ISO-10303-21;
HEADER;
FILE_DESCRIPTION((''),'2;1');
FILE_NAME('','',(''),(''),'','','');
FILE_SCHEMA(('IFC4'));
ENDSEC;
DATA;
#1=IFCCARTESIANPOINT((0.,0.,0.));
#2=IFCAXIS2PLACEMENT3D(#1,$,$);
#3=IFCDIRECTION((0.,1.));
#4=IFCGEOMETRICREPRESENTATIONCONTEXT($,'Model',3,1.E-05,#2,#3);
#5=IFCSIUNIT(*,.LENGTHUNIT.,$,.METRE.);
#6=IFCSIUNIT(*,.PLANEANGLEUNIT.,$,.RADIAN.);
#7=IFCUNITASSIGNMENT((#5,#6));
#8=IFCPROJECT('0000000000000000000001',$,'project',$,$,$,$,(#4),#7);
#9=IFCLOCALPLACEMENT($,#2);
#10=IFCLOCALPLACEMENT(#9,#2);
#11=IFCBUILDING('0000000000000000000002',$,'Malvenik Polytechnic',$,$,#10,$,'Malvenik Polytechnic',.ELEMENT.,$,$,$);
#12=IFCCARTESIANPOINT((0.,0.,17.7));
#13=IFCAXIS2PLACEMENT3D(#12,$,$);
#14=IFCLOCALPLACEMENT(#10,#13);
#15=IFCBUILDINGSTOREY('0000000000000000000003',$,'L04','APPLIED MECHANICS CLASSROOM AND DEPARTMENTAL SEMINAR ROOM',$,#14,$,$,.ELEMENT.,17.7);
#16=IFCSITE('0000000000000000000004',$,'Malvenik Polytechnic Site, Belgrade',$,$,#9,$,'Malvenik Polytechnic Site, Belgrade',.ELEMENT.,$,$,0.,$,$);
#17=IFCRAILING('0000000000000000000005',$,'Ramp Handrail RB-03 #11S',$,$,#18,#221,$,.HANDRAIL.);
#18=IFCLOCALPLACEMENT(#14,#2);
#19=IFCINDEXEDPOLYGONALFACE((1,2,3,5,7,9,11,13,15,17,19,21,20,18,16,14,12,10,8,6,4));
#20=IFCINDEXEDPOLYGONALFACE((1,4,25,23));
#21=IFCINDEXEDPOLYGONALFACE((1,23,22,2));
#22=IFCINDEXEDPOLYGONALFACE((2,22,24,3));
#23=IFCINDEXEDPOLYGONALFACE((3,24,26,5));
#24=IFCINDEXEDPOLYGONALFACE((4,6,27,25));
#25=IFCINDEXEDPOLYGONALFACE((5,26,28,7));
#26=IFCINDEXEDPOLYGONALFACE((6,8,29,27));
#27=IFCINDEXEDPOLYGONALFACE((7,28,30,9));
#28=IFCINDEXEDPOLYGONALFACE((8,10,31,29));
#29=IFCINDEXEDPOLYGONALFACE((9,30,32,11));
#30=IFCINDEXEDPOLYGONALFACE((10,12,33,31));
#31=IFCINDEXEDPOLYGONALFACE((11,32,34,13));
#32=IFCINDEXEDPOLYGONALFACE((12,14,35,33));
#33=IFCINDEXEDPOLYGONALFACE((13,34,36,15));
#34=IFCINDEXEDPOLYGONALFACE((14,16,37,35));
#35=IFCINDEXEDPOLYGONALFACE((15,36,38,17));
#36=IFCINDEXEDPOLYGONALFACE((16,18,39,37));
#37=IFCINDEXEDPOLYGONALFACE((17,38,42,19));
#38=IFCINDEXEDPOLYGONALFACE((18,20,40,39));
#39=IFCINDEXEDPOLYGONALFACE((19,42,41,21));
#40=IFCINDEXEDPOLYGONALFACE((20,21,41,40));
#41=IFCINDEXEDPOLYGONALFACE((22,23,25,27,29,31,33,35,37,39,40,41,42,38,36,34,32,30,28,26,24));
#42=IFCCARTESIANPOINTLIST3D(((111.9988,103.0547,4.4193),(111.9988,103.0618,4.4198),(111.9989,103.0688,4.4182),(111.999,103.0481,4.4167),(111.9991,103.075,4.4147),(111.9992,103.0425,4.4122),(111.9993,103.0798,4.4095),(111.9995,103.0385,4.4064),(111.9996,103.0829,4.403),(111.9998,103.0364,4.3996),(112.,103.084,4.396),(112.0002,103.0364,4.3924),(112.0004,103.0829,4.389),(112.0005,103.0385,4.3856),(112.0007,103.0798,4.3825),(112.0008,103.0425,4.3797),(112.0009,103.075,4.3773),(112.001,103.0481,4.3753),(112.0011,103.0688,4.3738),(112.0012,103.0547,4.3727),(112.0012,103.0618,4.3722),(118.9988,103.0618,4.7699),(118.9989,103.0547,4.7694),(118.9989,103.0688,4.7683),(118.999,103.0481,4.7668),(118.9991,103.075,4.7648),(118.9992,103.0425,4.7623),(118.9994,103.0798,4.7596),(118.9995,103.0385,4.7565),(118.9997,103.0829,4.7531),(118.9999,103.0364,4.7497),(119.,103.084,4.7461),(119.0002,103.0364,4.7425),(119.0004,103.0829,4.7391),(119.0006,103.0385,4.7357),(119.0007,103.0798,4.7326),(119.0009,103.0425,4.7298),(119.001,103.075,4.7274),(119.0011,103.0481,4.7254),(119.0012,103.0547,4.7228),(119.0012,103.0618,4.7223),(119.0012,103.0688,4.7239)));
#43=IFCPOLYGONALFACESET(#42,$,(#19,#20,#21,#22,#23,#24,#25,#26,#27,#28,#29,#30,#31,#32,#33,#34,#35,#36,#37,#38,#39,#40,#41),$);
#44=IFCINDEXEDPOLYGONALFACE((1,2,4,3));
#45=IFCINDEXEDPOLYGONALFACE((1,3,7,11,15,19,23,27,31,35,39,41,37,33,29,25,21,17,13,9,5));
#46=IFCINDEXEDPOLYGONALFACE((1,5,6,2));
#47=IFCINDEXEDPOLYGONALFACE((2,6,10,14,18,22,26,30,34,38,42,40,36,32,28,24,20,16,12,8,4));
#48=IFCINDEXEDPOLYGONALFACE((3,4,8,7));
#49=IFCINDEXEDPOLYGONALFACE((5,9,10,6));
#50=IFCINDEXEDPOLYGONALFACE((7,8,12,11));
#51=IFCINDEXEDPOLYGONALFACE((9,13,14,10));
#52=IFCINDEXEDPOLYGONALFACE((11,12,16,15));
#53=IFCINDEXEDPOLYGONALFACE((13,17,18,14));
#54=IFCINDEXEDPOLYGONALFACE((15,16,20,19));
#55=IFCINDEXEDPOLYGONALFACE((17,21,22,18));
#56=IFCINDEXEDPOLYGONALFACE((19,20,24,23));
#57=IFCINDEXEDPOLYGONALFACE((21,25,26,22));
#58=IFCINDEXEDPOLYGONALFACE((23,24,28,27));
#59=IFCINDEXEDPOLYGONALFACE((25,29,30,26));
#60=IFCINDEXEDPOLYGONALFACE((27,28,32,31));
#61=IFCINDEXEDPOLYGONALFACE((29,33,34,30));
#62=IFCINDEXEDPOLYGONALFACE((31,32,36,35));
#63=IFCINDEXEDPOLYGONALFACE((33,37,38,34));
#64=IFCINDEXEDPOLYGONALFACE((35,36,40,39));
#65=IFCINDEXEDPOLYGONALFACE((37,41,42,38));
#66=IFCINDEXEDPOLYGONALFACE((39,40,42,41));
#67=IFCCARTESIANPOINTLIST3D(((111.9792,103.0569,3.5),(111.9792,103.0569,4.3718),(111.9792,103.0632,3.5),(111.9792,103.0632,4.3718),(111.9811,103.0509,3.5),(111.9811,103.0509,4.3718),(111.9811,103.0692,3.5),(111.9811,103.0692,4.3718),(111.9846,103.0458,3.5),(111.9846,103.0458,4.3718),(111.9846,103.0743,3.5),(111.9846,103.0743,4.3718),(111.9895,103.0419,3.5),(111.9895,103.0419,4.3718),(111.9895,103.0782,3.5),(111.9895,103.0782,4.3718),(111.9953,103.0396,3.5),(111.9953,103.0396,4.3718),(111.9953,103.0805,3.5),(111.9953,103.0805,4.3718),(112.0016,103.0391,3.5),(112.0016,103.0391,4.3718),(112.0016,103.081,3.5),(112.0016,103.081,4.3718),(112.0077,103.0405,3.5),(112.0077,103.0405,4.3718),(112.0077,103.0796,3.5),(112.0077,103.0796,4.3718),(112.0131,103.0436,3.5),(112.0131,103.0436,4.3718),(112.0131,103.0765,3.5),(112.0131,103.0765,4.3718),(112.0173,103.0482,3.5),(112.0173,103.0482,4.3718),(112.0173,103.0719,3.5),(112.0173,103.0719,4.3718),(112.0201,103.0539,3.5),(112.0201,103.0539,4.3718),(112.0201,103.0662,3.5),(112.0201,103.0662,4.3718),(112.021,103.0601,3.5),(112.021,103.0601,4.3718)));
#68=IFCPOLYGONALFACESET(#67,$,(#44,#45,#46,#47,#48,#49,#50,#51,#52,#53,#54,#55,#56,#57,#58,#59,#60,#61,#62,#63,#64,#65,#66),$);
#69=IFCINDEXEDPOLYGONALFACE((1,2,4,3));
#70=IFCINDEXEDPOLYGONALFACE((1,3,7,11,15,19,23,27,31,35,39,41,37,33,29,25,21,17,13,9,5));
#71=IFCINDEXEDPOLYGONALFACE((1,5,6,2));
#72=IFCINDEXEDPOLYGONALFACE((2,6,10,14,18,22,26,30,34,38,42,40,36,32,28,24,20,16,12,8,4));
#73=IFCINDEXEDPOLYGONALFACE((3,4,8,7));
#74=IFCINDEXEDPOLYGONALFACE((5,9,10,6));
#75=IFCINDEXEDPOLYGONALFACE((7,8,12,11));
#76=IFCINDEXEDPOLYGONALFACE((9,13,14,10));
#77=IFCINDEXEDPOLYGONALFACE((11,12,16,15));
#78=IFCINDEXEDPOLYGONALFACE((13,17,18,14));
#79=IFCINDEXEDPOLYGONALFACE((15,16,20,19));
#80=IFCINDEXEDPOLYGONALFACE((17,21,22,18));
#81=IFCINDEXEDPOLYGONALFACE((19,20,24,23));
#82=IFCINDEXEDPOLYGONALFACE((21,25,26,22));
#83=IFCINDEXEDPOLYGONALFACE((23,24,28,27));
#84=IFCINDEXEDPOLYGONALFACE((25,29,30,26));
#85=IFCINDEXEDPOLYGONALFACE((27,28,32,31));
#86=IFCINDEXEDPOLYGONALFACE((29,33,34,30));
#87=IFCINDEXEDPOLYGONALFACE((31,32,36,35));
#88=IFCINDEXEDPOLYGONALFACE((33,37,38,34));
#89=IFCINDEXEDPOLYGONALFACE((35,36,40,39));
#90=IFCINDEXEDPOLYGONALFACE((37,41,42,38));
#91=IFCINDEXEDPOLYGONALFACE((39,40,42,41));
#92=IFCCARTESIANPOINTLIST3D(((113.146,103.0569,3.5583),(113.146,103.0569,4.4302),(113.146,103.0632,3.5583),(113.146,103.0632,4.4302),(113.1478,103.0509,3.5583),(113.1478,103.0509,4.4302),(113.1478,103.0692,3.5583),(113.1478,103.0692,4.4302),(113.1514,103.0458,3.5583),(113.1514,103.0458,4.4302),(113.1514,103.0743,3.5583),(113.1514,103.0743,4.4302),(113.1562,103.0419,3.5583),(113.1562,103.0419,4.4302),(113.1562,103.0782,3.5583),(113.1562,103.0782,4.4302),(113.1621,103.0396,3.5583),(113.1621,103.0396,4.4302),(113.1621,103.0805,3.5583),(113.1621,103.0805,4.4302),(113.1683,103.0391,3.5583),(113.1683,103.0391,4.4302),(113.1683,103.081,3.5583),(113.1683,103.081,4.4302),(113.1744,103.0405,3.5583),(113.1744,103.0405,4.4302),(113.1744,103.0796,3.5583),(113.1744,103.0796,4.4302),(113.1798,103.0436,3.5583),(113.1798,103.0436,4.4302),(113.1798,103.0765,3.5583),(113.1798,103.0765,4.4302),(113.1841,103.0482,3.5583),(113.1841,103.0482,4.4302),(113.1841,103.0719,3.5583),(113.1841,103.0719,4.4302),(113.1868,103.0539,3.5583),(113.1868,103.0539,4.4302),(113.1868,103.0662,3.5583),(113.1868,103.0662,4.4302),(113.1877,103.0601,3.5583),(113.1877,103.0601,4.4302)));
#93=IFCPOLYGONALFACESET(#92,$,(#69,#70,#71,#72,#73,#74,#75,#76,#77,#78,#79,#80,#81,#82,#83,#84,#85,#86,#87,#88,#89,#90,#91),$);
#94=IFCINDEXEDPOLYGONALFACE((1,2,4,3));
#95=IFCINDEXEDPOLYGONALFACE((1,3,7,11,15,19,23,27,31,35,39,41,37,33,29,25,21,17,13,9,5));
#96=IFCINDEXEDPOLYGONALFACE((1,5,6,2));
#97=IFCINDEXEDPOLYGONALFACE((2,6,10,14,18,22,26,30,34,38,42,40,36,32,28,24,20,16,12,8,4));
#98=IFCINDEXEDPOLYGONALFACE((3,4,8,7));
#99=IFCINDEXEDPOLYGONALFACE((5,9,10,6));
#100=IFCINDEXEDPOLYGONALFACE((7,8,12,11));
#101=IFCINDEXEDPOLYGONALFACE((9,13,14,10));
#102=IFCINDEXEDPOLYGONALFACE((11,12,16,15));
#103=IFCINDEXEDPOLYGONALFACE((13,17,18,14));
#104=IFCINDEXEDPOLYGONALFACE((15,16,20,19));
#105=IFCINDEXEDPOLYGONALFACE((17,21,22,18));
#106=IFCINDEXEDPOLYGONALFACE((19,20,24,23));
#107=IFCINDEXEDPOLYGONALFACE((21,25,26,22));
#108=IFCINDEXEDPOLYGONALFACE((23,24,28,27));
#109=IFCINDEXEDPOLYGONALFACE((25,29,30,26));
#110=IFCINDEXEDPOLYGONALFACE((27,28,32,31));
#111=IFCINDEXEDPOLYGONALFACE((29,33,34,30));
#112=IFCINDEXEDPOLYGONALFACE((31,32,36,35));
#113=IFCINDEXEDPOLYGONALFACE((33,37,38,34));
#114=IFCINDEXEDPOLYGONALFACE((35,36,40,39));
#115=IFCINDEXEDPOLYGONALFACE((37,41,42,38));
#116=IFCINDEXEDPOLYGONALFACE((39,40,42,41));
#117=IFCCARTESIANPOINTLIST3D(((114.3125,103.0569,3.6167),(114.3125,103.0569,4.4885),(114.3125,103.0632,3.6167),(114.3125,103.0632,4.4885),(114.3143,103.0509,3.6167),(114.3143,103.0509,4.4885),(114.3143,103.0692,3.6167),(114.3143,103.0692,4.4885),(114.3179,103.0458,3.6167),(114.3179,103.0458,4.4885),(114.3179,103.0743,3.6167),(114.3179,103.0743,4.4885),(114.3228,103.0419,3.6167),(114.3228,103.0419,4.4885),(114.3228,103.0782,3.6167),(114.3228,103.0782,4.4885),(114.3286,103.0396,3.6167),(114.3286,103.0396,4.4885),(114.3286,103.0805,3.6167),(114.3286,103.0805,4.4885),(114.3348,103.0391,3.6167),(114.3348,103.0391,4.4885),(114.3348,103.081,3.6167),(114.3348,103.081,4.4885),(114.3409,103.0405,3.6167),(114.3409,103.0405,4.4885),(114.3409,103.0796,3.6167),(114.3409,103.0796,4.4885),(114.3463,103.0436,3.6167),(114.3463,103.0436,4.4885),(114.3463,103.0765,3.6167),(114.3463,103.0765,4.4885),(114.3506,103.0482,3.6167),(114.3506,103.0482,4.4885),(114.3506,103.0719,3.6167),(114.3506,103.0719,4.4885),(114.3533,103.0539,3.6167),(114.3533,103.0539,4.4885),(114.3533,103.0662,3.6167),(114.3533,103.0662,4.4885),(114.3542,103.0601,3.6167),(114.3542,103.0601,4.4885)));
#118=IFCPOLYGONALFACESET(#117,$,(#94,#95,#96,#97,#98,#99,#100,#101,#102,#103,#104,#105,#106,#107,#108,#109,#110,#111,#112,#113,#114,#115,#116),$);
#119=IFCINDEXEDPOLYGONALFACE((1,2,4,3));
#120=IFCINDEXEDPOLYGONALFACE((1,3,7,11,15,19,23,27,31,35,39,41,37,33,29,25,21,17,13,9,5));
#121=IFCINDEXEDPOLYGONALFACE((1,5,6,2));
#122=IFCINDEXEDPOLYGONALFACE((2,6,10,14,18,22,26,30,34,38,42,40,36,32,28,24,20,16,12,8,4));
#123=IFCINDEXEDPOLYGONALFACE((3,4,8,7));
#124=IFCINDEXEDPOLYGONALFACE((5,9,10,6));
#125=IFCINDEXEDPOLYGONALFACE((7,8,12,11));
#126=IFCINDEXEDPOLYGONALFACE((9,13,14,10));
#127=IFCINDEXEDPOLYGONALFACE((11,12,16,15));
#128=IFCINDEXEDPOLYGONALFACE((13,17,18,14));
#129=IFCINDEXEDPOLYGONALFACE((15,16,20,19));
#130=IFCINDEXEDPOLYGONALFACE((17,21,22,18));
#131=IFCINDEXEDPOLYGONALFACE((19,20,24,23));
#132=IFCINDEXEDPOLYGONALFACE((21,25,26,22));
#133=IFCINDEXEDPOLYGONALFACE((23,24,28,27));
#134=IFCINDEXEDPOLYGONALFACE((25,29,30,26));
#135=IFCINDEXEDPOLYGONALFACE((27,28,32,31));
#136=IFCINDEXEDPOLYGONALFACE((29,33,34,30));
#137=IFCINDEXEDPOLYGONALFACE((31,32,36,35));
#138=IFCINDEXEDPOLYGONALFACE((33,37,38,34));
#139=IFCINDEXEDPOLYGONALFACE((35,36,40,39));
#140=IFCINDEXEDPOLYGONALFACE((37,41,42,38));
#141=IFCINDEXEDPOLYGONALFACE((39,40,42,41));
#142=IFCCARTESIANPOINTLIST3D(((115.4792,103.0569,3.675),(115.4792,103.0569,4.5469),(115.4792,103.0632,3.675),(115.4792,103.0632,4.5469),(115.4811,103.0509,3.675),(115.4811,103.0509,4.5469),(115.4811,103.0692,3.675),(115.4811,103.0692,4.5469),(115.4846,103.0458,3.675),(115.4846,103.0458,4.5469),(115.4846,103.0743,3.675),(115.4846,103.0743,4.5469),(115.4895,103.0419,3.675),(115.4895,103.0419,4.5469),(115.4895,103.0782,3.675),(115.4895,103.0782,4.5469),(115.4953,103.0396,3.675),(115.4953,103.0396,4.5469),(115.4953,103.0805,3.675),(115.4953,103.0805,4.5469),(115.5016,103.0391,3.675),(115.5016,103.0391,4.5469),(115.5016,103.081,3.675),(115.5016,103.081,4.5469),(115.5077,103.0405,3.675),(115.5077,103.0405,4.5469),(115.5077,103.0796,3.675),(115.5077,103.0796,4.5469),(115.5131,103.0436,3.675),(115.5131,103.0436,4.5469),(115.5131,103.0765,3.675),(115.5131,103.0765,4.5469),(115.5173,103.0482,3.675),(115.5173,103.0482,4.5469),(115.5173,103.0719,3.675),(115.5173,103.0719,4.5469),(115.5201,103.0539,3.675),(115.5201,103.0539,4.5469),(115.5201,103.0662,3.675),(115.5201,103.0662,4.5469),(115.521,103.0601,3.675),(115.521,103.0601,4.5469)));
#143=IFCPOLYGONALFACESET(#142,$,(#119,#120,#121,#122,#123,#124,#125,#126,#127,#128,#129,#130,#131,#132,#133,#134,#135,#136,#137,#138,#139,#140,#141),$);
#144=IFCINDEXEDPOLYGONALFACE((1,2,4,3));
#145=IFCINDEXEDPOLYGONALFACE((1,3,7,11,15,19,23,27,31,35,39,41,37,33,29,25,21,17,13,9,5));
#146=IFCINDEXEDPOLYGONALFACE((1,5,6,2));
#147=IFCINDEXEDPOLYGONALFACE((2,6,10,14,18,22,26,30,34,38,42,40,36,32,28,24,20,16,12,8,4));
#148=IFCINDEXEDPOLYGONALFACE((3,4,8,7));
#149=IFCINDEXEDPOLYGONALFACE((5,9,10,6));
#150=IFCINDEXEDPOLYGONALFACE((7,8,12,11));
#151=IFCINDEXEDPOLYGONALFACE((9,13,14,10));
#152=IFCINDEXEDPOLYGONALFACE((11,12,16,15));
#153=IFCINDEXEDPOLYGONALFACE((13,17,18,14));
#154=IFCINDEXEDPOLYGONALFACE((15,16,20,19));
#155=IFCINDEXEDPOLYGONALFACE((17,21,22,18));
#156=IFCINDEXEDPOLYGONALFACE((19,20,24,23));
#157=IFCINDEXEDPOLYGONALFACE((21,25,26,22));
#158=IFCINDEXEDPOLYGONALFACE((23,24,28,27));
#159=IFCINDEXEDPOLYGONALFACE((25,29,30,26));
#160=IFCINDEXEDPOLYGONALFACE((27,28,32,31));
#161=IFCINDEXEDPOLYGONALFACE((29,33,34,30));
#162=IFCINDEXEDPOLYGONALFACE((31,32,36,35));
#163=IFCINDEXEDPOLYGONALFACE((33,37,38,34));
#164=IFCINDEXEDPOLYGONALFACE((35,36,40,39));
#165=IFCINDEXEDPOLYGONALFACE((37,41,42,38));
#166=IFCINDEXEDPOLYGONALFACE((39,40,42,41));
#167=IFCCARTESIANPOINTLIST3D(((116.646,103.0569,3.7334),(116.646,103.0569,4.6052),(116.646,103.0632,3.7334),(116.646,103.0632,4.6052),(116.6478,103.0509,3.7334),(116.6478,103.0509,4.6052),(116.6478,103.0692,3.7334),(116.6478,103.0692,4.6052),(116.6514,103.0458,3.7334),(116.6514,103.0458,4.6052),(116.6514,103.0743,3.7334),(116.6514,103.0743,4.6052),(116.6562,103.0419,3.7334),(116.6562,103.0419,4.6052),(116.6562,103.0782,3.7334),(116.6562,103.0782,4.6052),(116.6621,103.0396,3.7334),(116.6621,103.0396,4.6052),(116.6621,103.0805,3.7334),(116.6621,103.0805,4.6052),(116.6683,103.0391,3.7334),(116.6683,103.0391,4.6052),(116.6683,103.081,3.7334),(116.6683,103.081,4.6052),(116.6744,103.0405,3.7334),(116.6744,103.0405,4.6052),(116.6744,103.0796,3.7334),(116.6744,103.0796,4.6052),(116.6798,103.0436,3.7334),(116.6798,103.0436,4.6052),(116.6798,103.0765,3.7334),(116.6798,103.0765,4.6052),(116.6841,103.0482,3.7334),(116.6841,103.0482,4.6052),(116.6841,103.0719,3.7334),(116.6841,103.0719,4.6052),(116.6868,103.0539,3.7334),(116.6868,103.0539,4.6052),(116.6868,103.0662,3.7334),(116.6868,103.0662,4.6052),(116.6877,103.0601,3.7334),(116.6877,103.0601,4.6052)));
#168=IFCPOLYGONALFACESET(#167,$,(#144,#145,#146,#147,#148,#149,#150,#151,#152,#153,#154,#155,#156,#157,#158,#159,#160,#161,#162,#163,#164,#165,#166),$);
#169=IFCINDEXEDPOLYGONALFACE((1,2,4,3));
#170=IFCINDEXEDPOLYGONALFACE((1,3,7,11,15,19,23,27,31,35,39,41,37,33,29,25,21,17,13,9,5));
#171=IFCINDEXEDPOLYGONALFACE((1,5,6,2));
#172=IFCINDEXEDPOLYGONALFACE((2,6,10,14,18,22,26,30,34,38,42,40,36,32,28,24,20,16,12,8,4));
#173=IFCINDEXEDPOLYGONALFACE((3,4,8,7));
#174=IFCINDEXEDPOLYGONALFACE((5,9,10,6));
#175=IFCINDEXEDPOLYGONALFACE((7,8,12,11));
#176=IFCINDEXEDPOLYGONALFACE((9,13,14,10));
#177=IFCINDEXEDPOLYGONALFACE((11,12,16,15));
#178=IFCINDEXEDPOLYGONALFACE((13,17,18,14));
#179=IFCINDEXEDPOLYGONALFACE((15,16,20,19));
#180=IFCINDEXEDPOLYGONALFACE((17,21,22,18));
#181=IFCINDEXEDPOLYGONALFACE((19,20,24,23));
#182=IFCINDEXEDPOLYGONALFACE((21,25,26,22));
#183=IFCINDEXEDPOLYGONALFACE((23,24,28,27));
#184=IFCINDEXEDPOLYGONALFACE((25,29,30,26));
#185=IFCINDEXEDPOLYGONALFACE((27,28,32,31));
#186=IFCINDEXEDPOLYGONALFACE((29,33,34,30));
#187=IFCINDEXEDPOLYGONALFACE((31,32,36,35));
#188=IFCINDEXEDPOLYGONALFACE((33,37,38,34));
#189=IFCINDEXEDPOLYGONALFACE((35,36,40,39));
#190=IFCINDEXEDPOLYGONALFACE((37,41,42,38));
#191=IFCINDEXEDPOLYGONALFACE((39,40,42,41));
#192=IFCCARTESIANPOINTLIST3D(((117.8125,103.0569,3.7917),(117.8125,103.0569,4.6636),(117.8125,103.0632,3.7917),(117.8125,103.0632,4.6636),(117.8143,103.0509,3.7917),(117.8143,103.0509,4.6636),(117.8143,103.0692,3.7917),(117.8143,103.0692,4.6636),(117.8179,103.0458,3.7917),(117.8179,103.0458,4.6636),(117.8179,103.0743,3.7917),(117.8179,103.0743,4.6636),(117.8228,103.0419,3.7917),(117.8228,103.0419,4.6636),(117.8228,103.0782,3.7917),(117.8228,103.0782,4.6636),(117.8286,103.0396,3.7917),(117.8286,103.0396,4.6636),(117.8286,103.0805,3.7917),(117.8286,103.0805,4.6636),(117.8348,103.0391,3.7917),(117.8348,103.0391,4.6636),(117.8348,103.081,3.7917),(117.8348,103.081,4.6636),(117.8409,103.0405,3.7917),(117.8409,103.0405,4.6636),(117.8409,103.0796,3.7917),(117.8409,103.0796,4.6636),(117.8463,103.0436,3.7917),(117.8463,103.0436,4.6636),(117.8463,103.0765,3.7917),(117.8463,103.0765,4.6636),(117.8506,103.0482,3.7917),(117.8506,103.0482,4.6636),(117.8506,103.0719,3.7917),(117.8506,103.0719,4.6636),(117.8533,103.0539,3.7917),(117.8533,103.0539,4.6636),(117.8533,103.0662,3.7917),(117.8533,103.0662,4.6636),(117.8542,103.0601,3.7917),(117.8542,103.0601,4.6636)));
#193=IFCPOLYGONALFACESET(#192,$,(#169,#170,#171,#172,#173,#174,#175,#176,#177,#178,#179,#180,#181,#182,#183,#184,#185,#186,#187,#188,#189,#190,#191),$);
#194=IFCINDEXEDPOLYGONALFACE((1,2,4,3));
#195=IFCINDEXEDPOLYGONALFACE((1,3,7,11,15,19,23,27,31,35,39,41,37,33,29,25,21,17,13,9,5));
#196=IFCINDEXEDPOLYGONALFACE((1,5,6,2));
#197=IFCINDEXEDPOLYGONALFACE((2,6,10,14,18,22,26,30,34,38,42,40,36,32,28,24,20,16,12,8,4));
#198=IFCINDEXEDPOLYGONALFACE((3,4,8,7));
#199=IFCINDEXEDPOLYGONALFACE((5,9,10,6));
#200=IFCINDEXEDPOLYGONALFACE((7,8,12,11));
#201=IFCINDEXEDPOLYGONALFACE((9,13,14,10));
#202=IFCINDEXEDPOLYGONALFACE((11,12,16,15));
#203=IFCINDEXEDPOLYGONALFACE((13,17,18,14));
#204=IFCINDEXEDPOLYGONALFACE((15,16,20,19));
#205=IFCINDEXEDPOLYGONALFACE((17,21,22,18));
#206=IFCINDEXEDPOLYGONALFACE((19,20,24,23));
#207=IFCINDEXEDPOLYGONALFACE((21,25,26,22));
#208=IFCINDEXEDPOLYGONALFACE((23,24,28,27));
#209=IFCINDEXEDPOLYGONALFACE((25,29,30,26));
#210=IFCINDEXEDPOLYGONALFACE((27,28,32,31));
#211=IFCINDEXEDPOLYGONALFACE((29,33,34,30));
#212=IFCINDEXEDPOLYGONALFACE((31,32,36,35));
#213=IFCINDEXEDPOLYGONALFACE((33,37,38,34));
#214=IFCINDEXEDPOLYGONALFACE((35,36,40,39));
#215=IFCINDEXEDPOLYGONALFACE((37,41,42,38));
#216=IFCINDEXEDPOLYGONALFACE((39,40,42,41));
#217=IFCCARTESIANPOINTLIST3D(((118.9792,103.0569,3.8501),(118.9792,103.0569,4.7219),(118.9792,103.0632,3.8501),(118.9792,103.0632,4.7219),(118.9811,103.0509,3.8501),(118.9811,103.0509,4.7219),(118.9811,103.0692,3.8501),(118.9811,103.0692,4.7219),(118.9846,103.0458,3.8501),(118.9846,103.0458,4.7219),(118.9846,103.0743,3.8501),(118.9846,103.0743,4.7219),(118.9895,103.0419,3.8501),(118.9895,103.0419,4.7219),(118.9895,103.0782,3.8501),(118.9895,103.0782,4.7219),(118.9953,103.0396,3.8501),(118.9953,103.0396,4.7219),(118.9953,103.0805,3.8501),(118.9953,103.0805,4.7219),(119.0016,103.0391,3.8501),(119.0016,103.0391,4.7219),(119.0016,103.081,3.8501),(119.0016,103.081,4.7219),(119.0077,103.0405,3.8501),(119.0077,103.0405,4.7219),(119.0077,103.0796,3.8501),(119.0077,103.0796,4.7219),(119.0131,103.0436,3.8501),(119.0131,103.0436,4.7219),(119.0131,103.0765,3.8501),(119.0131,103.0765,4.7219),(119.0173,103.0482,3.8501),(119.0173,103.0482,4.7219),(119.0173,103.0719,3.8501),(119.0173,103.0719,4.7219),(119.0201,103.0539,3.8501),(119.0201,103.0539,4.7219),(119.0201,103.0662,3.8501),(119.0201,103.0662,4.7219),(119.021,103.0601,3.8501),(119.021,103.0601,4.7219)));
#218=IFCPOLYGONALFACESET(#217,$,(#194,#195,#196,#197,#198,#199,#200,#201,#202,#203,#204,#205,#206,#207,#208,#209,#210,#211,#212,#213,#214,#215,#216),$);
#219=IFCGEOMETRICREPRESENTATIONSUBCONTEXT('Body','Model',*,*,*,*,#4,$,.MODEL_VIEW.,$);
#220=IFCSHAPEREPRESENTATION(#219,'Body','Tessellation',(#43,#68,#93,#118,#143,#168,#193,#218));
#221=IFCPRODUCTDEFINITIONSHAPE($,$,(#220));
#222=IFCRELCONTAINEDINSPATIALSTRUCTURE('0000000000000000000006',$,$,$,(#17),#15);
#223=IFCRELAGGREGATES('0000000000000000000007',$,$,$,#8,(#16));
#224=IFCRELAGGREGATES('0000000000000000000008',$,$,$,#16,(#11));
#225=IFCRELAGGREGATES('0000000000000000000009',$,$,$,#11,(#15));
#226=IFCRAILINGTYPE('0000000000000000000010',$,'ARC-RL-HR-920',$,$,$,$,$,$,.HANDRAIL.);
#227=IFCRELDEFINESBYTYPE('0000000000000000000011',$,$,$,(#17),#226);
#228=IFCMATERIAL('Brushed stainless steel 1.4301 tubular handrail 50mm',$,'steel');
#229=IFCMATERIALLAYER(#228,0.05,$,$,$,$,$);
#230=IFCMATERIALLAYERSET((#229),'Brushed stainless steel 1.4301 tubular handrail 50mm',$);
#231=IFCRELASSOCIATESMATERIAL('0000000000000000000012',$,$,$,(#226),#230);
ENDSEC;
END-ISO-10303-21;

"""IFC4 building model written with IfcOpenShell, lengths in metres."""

from ifc_helpers import new_model, si_unit, direction, frame, origin, origin_2d, place, context, subcontext, project, spatial, circle, extrude, material, layer, layer_set, type_object, element, save


model = new_model("IFC4")

# Units and contexts
model_context = context("Model", 3, precision=1e-05, world=origin(), true_north=direction((0.0, 1.0)))
body_context = subcontext(model_context, "Body", "Model", "MODEL_VIEW")
ifc_project = project(units=[si_unit("LENGTHUNIT", "METRE"), si_unit("PLANEANGLEUNIT", "RADIAN")], contexts=[model_context])

# Site, building, storey
site_placement = place(None, origin())
site = spatial("IfcSite", under=ifc_project, at=site_placement, Name="Malvenik Polytechnic Site, Belgrade", LongName="Malvenik Polytechnic Site, Belgrade", CompositionType="ELEMENT", RefElevation=0.0)
building_placement = place(site_placement, origin())
building = spatial("IfcBuilding", under=site, at=building_placement, Name="Malvenik Polytechnic", LongName="Malvenik Polytechnic", CompositionType="ELEMENT")
storey_placement = place(building_placement, frame((0.0, 0.0, 17.7)))
storey = spatial("IfcBuildingStorey", under=building, at=storey_placement, Name="L04", Description="APPLIED MECHANICS CLASSROOM AND DEPARTMENTAL SEMINAR ROOM", CompositionType="ELEMENT", Elevation=17.7)

# Railing
ifc_material_1 = material(Name="Brushed stainless steel 1.4301 tubular handrail 50mm", Category="steel")
ifc_layer_1 = layer(ifc_material_1, 0.05)
ifc_layer_set_1 = layer_set([ifc_layer_1], Name="Brushed stainless steel 1.4301 tubular handrail 50mm")
railing_type_1 = type_object("IfcRailingType", Name="ARC-RL-HR-920", PredefinedType="HANDRAIL", material=ifc_layer_set_1)
railing_1_placement = place(storey_placement, frame((112.0, 103.0601, 3.5)))
element("IfcRailing", 1, at=railing_1_placement, inside=storey, type_object=railing_type_1, Name="Ramp Handrail RB-03 #11S", PredefinedType="HANDRAIL", context=body_context, shape_type="SweptSolid", body=[
    extrude(circle(Radius=0.0239, at=origin_2d()), frame((0.0, 0.0, 0.896), z_axis=(0.998752, 0.0, 0.049952), x_axis=(0.0, 1.0, 0.0)), (0.0, 0.0, 1.0), 7.0088),
    extrude(circle(Radius=0.021, at=origin_2d()), origin(), (0.0, 0.0, 1.0), 0.8718),
    extrude(circle(Radius=0.021, at=origin_2d()), frame((1.1667, 0.0, 0.0583)), (0.0, 0.0, 1.0), 0.8718),
    extrude(circle(Radius=0.021, at=origin_2d()), frame((2.3333, 0.0, 0.1167)), (0.0, 0.0, 1.0), 0.8718),
    extrude(circle(Radius=0.021, at=origin_2d()), frame((3.5, 0.0, 0.175)), (0.0, 0.0, 1.0), 0.8718),
    extrude(circle(Radius=0.021, at=origin_2d()), frame((4.6667, 0.0, 0.2334)), (0.0, 0.0, 1.0), 0.8718),
    extrude(circle(Radius=0.021, at=origin_2d()), frame((5.8333, 0.0, 0.2917)), (0.0, 0.0, 1.0), 0.8718),
    extrude(circle(Radius=0.021, at=origin_2d()), frame((7.0, 0.0, 0.3501)), (0.0, 0.0, 1.0), 0.8718),
])

save(model, "model.ifc")
